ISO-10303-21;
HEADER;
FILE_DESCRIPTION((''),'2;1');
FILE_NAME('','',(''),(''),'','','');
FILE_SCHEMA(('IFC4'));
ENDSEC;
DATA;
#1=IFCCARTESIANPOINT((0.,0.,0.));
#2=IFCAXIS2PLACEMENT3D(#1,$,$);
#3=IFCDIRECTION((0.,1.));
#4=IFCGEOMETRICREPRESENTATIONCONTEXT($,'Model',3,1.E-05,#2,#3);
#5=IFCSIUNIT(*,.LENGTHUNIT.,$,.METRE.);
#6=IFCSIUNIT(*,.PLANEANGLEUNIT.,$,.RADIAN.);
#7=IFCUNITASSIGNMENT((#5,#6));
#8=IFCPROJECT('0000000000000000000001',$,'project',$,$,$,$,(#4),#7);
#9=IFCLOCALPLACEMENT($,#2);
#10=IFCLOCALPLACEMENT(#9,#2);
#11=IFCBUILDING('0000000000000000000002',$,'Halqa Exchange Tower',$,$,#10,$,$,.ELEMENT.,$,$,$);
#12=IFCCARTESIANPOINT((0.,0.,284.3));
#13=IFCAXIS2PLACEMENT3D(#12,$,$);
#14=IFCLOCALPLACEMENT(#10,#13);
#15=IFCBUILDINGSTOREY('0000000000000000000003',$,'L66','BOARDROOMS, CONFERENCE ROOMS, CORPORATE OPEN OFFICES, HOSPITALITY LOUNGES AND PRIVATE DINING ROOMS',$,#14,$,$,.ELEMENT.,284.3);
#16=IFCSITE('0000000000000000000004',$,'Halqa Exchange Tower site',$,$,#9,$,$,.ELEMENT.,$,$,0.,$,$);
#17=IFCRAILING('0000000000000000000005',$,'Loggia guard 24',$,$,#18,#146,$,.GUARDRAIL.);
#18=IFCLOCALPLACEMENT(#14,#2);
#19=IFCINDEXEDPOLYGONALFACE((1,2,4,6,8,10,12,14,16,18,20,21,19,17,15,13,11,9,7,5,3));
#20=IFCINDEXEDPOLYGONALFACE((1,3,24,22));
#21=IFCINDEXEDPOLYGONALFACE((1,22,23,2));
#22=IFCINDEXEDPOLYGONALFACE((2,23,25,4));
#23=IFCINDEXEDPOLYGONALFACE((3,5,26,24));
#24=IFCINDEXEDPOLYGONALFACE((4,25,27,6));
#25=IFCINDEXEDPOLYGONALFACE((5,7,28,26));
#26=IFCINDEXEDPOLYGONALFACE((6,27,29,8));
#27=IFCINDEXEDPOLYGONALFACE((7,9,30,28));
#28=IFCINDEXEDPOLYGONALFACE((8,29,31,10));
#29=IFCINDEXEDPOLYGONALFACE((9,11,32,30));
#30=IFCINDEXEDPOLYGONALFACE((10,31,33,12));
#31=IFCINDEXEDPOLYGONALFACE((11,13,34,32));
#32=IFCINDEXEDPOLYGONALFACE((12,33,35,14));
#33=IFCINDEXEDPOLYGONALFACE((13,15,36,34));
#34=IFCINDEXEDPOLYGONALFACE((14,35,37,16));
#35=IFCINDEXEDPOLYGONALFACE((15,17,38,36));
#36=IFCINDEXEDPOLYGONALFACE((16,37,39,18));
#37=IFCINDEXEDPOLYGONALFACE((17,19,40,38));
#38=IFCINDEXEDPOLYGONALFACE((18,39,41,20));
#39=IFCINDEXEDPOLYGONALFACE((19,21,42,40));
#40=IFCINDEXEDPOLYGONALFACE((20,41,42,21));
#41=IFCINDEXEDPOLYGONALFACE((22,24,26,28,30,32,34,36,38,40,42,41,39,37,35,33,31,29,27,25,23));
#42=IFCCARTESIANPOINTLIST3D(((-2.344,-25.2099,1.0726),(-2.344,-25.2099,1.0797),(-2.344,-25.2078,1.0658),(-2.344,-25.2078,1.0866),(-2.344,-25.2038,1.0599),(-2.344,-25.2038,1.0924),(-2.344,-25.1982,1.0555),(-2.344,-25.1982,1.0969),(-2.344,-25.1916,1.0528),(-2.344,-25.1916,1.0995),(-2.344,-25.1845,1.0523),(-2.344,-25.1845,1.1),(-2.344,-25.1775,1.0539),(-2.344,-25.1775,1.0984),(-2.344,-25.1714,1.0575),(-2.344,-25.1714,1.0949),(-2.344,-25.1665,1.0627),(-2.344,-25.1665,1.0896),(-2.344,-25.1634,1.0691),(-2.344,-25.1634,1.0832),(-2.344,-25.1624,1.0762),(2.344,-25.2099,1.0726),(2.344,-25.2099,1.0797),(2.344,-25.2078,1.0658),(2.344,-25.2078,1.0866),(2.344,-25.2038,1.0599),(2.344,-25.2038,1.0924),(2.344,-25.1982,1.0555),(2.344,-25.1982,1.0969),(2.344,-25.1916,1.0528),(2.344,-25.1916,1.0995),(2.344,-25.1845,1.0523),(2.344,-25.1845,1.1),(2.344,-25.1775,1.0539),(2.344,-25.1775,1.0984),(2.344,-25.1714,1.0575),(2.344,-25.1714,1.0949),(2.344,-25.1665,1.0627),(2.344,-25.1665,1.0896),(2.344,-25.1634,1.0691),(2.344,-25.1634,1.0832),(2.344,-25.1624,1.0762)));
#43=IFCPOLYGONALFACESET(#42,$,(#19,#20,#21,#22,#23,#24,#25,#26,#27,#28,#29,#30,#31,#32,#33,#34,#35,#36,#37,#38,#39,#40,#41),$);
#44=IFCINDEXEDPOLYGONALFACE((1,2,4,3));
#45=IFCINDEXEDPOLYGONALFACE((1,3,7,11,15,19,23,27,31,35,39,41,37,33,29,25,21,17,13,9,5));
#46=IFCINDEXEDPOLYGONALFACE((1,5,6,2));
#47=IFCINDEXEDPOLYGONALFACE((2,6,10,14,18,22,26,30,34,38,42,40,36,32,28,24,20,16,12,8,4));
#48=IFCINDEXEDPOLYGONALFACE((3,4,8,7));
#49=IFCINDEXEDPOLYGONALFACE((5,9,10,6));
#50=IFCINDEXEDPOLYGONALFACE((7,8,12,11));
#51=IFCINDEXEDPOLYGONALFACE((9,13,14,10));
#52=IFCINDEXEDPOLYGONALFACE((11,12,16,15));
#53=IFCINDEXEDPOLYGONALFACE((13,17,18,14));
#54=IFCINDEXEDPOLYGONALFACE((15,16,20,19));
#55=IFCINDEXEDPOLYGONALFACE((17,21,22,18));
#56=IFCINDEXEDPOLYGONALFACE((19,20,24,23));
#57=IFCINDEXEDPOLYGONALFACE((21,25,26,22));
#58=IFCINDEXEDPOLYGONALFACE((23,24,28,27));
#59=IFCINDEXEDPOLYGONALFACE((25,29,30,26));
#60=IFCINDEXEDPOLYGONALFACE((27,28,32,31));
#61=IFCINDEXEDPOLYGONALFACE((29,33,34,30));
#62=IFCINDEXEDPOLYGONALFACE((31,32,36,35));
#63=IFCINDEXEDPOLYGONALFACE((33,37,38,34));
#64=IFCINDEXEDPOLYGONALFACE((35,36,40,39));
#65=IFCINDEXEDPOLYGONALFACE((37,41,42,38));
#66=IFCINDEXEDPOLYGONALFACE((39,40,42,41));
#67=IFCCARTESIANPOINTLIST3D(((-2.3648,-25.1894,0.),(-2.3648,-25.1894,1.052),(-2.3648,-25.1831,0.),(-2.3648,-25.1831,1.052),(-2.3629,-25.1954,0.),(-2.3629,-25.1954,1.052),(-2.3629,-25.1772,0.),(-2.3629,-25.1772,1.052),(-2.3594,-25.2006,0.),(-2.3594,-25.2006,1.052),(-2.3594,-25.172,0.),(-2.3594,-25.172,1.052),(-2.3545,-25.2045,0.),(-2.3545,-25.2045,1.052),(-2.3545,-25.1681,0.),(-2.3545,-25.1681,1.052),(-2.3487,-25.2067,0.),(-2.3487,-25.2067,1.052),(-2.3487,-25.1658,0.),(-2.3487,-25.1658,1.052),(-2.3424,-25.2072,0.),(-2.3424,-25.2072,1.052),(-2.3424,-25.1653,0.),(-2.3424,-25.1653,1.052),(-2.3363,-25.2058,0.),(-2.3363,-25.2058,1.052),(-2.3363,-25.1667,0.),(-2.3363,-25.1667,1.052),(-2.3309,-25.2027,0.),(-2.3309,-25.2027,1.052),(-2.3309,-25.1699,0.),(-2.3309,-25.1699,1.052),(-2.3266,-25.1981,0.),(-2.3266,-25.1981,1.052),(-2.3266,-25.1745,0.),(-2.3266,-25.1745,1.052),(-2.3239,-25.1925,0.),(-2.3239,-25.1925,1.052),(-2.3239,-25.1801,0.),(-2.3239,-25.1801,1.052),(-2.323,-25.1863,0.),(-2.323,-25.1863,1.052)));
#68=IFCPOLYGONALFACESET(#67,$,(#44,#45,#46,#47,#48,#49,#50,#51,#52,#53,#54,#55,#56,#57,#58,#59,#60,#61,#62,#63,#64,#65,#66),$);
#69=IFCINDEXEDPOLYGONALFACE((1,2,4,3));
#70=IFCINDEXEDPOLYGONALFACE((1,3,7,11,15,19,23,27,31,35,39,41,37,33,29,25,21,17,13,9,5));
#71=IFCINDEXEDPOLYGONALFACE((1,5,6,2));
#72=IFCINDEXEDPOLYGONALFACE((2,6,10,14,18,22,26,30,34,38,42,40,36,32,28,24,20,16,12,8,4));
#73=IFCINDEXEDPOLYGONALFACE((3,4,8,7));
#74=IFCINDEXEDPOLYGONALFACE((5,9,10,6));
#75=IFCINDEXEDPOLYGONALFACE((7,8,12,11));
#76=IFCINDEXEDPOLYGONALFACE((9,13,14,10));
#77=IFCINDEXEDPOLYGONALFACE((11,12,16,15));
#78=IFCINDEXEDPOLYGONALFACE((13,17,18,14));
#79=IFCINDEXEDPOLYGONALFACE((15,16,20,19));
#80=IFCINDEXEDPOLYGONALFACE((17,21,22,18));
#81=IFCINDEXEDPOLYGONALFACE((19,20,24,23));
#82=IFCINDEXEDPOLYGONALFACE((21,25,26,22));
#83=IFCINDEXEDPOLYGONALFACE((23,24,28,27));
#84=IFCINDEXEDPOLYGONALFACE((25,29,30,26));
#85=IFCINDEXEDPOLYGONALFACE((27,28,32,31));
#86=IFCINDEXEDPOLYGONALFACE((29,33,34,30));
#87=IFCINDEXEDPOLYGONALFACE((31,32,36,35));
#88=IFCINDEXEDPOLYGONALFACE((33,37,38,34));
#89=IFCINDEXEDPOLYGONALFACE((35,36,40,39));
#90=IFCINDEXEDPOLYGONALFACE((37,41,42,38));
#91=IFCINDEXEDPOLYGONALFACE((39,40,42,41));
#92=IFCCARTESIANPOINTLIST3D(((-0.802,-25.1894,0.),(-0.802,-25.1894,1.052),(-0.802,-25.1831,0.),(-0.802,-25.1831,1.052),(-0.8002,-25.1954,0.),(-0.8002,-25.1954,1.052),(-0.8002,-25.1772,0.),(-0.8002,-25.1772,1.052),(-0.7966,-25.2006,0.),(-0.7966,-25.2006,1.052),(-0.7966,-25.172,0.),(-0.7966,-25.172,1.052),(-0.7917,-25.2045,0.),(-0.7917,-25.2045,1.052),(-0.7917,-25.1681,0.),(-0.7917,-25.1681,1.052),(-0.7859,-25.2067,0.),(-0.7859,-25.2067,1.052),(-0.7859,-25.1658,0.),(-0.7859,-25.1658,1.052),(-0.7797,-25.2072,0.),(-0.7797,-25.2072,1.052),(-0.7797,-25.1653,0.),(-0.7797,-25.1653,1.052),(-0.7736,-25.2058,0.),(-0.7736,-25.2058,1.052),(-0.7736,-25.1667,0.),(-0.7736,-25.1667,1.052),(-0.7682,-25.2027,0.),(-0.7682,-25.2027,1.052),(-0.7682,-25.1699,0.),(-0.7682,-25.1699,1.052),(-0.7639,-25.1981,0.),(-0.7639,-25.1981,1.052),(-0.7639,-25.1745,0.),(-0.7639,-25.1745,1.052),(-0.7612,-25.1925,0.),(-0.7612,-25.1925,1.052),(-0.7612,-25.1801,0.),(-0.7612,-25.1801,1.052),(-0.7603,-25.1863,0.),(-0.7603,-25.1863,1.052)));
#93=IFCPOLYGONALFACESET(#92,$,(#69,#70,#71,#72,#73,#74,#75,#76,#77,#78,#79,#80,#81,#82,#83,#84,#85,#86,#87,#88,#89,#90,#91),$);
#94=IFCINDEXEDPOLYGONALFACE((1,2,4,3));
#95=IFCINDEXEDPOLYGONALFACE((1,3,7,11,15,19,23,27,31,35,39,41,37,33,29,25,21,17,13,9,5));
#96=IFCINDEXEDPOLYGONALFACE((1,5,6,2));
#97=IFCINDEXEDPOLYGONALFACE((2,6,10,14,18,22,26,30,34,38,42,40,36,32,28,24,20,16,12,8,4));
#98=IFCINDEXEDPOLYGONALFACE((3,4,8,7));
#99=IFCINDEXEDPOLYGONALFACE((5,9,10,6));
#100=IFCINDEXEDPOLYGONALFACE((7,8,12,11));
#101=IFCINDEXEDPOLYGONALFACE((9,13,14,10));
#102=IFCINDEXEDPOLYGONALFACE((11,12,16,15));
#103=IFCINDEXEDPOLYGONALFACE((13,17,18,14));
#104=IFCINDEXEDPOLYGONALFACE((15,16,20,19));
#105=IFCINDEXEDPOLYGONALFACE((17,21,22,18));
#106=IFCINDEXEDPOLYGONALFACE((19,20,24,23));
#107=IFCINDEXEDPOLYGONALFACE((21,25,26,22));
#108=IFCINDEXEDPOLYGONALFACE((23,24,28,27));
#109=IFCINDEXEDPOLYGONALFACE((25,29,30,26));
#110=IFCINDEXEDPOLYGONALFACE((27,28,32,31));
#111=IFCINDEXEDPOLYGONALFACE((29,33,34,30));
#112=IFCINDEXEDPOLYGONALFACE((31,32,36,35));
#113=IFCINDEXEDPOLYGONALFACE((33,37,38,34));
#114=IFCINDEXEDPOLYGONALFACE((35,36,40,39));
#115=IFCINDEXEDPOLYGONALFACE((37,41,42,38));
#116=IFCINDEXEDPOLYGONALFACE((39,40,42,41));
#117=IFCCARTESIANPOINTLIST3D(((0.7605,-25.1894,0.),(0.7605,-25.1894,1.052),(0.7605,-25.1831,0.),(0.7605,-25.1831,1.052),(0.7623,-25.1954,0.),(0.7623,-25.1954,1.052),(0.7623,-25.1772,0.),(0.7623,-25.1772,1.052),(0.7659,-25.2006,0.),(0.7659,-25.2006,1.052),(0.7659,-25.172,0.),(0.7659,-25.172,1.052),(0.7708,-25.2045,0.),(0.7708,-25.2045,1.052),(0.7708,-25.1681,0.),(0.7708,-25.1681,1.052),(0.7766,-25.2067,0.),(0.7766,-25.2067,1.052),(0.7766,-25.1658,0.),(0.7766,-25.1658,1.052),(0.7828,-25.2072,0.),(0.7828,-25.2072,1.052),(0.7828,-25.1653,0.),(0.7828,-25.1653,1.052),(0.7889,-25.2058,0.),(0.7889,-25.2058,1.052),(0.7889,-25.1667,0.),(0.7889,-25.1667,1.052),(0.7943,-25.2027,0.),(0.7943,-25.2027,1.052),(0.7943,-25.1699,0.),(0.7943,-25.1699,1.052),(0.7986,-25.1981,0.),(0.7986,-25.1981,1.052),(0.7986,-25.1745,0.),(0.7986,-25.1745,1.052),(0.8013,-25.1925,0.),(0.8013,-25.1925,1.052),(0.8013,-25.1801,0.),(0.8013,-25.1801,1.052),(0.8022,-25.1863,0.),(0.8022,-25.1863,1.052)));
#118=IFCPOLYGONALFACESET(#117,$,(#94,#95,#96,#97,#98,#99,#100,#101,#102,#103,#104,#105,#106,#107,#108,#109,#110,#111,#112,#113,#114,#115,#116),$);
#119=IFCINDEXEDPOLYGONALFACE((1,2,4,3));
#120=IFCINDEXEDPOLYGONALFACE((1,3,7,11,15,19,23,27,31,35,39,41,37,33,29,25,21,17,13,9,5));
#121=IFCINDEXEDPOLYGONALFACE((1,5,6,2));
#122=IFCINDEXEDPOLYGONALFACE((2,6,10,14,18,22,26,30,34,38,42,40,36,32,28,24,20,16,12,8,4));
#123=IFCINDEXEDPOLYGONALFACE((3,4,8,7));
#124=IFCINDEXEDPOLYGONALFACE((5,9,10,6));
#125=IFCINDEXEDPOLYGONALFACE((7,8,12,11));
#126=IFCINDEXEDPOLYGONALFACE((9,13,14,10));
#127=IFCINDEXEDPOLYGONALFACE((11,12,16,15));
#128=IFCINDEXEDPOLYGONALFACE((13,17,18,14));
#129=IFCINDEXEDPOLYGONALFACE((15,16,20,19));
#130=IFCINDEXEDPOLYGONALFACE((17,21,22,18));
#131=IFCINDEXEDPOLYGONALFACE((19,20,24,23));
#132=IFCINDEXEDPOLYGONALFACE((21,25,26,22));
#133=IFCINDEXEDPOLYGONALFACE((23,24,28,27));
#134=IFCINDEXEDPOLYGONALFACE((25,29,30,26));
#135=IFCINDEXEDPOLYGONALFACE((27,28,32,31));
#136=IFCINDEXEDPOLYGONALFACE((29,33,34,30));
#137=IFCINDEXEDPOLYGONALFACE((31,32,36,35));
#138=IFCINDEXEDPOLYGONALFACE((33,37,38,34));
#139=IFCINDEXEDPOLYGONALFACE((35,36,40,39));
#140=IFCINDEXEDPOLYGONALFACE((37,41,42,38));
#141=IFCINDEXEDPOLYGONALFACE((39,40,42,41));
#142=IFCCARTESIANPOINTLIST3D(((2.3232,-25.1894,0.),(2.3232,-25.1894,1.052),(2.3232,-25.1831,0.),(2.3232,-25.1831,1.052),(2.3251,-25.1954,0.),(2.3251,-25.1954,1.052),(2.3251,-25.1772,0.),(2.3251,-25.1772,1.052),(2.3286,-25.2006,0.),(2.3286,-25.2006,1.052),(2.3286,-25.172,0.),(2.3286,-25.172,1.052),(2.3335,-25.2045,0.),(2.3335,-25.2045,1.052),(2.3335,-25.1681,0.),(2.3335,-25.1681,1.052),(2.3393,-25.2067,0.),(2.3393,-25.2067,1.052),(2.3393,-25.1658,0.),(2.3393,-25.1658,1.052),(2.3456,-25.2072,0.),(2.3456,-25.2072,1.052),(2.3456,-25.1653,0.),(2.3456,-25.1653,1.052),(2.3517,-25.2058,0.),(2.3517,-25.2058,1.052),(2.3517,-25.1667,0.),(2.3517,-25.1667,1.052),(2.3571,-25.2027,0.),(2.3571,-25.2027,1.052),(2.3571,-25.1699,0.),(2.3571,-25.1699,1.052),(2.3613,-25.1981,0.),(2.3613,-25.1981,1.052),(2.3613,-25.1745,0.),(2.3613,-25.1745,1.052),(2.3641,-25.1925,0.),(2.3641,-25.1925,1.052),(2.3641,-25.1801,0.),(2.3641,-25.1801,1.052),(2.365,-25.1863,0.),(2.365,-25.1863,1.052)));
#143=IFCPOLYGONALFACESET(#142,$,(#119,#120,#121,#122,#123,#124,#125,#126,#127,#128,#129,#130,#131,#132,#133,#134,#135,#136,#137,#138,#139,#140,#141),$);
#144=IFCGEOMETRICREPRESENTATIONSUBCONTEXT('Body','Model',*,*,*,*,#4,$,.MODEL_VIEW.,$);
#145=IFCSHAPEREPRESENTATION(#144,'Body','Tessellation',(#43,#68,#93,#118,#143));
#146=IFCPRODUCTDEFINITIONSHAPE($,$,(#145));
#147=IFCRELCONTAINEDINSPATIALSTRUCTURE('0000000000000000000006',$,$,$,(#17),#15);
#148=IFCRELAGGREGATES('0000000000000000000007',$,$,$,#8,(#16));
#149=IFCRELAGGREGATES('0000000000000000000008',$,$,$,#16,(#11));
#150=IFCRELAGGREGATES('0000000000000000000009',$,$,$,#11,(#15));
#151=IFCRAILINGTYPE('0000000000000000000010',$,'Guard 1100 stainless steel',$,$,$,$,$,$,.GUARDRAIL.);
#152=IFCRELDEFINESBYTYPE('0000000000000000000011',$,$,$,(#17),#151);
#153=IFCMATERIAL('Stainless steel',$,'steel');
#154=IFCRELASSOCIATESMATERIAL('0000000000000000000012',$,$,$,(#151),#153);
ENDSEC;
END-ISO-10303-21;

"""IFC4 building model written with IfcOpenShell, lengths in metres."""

from ifc_helpers import new_model, si_unit, direction, frame, origin, origin_2d, place, context, subcontext, project, spatial, circle, extrude, material, type_object, element, save


model = new_model("IFC4")

# Units and contexts
model_context = context("Model", 3, precision=1e-05, world=origin(), true_north=direction((0.0, 1.0)))
body_context = subcontext(model_context, "Body", "Model", "MODEL_VIEW")
ifc_project = project(units=[si_unit("LENGTHUNIT", "METRE"), si_unit("PLANEANGLEUNIT", "RADIAN")], contexts=[model_context])

# Site, building, storey
site_placement = place(None, origin())
site = spatial("IfcSite", under=ifc_project, at=site_placement, Name="Halqa Exchange Tower site", CompositionType="ELEMENT", RefElevation=0.0)
building_placement = place(site_placement, origin())
building = spatial("IfcBuilding", under=site, at=building_placement, Name="Halqa Exchange Tower", CompositionType="ELEMENT")
storey_placement = place(building_placement, frame((0.0, 0.0, 284.3)))
storey = spatial("IfcBuildingStorey", under=building, at=storey_placement, Name="L66", Description="BOARDROOMS, CONFERENCE ROOMS, CORPORATE OPEN OFFICES, HOSPITALITY LOUNGES AND PRIVATE DINING ROOMS", CompositionType="ELEMENT", Elevation=284.3)

# Railing
ifc_material_1 = material(Name="Stainless steel", Category="steel")
railing_type = type_object("IfcRailingType", Name="Guard 1100 stainless steel", PredefinedType="GUARDRAIL", material=ifc_material_1)
railing_1_placement = place(storey_placement, frame((-2.344, -25.1863, 0.0)))
element("IfcRailing", 1, at=railing_1_placement, inside=storey, type_object=railing_type, Name="Loggia guard 24", PredefinedType="GUARDRAIL", context=body_context, shape_type="SweptSolid", body=[
    extrude(circle(Radius=0.0239, at=origin_2d()), frame((0.0, 0.0, 1.0762), z_axis=(1.0, 0.0, 0.0), x_axis=(0.0, 1.0, 0.0)), (0.0, 0.0, 1.0), 4.688),
    extrude(circle(Radius=0.021, at=origin_2d()), origin(), (0.0, 0.0, 1.0), 1.052),
    extrude(circle(Radius=0.021, at=origin_2d()), frame((1.5627, 0.0, 0.0)), (0.0, 0.0, 1.0), 1.052),
    extrude(circle(Radius=0.021, at=origin_2d()), frame((3.1252, 0.0, 0.0)), (0.0, 0.0, 1.0), 1.052),
    extrude(circle(Radius=0.021, at=origin_2d()), frame((4.688, 0.0, 0.0)), (0.0, 0.0, 1.0), 1.052),
])

save(model, "model.ifc")
